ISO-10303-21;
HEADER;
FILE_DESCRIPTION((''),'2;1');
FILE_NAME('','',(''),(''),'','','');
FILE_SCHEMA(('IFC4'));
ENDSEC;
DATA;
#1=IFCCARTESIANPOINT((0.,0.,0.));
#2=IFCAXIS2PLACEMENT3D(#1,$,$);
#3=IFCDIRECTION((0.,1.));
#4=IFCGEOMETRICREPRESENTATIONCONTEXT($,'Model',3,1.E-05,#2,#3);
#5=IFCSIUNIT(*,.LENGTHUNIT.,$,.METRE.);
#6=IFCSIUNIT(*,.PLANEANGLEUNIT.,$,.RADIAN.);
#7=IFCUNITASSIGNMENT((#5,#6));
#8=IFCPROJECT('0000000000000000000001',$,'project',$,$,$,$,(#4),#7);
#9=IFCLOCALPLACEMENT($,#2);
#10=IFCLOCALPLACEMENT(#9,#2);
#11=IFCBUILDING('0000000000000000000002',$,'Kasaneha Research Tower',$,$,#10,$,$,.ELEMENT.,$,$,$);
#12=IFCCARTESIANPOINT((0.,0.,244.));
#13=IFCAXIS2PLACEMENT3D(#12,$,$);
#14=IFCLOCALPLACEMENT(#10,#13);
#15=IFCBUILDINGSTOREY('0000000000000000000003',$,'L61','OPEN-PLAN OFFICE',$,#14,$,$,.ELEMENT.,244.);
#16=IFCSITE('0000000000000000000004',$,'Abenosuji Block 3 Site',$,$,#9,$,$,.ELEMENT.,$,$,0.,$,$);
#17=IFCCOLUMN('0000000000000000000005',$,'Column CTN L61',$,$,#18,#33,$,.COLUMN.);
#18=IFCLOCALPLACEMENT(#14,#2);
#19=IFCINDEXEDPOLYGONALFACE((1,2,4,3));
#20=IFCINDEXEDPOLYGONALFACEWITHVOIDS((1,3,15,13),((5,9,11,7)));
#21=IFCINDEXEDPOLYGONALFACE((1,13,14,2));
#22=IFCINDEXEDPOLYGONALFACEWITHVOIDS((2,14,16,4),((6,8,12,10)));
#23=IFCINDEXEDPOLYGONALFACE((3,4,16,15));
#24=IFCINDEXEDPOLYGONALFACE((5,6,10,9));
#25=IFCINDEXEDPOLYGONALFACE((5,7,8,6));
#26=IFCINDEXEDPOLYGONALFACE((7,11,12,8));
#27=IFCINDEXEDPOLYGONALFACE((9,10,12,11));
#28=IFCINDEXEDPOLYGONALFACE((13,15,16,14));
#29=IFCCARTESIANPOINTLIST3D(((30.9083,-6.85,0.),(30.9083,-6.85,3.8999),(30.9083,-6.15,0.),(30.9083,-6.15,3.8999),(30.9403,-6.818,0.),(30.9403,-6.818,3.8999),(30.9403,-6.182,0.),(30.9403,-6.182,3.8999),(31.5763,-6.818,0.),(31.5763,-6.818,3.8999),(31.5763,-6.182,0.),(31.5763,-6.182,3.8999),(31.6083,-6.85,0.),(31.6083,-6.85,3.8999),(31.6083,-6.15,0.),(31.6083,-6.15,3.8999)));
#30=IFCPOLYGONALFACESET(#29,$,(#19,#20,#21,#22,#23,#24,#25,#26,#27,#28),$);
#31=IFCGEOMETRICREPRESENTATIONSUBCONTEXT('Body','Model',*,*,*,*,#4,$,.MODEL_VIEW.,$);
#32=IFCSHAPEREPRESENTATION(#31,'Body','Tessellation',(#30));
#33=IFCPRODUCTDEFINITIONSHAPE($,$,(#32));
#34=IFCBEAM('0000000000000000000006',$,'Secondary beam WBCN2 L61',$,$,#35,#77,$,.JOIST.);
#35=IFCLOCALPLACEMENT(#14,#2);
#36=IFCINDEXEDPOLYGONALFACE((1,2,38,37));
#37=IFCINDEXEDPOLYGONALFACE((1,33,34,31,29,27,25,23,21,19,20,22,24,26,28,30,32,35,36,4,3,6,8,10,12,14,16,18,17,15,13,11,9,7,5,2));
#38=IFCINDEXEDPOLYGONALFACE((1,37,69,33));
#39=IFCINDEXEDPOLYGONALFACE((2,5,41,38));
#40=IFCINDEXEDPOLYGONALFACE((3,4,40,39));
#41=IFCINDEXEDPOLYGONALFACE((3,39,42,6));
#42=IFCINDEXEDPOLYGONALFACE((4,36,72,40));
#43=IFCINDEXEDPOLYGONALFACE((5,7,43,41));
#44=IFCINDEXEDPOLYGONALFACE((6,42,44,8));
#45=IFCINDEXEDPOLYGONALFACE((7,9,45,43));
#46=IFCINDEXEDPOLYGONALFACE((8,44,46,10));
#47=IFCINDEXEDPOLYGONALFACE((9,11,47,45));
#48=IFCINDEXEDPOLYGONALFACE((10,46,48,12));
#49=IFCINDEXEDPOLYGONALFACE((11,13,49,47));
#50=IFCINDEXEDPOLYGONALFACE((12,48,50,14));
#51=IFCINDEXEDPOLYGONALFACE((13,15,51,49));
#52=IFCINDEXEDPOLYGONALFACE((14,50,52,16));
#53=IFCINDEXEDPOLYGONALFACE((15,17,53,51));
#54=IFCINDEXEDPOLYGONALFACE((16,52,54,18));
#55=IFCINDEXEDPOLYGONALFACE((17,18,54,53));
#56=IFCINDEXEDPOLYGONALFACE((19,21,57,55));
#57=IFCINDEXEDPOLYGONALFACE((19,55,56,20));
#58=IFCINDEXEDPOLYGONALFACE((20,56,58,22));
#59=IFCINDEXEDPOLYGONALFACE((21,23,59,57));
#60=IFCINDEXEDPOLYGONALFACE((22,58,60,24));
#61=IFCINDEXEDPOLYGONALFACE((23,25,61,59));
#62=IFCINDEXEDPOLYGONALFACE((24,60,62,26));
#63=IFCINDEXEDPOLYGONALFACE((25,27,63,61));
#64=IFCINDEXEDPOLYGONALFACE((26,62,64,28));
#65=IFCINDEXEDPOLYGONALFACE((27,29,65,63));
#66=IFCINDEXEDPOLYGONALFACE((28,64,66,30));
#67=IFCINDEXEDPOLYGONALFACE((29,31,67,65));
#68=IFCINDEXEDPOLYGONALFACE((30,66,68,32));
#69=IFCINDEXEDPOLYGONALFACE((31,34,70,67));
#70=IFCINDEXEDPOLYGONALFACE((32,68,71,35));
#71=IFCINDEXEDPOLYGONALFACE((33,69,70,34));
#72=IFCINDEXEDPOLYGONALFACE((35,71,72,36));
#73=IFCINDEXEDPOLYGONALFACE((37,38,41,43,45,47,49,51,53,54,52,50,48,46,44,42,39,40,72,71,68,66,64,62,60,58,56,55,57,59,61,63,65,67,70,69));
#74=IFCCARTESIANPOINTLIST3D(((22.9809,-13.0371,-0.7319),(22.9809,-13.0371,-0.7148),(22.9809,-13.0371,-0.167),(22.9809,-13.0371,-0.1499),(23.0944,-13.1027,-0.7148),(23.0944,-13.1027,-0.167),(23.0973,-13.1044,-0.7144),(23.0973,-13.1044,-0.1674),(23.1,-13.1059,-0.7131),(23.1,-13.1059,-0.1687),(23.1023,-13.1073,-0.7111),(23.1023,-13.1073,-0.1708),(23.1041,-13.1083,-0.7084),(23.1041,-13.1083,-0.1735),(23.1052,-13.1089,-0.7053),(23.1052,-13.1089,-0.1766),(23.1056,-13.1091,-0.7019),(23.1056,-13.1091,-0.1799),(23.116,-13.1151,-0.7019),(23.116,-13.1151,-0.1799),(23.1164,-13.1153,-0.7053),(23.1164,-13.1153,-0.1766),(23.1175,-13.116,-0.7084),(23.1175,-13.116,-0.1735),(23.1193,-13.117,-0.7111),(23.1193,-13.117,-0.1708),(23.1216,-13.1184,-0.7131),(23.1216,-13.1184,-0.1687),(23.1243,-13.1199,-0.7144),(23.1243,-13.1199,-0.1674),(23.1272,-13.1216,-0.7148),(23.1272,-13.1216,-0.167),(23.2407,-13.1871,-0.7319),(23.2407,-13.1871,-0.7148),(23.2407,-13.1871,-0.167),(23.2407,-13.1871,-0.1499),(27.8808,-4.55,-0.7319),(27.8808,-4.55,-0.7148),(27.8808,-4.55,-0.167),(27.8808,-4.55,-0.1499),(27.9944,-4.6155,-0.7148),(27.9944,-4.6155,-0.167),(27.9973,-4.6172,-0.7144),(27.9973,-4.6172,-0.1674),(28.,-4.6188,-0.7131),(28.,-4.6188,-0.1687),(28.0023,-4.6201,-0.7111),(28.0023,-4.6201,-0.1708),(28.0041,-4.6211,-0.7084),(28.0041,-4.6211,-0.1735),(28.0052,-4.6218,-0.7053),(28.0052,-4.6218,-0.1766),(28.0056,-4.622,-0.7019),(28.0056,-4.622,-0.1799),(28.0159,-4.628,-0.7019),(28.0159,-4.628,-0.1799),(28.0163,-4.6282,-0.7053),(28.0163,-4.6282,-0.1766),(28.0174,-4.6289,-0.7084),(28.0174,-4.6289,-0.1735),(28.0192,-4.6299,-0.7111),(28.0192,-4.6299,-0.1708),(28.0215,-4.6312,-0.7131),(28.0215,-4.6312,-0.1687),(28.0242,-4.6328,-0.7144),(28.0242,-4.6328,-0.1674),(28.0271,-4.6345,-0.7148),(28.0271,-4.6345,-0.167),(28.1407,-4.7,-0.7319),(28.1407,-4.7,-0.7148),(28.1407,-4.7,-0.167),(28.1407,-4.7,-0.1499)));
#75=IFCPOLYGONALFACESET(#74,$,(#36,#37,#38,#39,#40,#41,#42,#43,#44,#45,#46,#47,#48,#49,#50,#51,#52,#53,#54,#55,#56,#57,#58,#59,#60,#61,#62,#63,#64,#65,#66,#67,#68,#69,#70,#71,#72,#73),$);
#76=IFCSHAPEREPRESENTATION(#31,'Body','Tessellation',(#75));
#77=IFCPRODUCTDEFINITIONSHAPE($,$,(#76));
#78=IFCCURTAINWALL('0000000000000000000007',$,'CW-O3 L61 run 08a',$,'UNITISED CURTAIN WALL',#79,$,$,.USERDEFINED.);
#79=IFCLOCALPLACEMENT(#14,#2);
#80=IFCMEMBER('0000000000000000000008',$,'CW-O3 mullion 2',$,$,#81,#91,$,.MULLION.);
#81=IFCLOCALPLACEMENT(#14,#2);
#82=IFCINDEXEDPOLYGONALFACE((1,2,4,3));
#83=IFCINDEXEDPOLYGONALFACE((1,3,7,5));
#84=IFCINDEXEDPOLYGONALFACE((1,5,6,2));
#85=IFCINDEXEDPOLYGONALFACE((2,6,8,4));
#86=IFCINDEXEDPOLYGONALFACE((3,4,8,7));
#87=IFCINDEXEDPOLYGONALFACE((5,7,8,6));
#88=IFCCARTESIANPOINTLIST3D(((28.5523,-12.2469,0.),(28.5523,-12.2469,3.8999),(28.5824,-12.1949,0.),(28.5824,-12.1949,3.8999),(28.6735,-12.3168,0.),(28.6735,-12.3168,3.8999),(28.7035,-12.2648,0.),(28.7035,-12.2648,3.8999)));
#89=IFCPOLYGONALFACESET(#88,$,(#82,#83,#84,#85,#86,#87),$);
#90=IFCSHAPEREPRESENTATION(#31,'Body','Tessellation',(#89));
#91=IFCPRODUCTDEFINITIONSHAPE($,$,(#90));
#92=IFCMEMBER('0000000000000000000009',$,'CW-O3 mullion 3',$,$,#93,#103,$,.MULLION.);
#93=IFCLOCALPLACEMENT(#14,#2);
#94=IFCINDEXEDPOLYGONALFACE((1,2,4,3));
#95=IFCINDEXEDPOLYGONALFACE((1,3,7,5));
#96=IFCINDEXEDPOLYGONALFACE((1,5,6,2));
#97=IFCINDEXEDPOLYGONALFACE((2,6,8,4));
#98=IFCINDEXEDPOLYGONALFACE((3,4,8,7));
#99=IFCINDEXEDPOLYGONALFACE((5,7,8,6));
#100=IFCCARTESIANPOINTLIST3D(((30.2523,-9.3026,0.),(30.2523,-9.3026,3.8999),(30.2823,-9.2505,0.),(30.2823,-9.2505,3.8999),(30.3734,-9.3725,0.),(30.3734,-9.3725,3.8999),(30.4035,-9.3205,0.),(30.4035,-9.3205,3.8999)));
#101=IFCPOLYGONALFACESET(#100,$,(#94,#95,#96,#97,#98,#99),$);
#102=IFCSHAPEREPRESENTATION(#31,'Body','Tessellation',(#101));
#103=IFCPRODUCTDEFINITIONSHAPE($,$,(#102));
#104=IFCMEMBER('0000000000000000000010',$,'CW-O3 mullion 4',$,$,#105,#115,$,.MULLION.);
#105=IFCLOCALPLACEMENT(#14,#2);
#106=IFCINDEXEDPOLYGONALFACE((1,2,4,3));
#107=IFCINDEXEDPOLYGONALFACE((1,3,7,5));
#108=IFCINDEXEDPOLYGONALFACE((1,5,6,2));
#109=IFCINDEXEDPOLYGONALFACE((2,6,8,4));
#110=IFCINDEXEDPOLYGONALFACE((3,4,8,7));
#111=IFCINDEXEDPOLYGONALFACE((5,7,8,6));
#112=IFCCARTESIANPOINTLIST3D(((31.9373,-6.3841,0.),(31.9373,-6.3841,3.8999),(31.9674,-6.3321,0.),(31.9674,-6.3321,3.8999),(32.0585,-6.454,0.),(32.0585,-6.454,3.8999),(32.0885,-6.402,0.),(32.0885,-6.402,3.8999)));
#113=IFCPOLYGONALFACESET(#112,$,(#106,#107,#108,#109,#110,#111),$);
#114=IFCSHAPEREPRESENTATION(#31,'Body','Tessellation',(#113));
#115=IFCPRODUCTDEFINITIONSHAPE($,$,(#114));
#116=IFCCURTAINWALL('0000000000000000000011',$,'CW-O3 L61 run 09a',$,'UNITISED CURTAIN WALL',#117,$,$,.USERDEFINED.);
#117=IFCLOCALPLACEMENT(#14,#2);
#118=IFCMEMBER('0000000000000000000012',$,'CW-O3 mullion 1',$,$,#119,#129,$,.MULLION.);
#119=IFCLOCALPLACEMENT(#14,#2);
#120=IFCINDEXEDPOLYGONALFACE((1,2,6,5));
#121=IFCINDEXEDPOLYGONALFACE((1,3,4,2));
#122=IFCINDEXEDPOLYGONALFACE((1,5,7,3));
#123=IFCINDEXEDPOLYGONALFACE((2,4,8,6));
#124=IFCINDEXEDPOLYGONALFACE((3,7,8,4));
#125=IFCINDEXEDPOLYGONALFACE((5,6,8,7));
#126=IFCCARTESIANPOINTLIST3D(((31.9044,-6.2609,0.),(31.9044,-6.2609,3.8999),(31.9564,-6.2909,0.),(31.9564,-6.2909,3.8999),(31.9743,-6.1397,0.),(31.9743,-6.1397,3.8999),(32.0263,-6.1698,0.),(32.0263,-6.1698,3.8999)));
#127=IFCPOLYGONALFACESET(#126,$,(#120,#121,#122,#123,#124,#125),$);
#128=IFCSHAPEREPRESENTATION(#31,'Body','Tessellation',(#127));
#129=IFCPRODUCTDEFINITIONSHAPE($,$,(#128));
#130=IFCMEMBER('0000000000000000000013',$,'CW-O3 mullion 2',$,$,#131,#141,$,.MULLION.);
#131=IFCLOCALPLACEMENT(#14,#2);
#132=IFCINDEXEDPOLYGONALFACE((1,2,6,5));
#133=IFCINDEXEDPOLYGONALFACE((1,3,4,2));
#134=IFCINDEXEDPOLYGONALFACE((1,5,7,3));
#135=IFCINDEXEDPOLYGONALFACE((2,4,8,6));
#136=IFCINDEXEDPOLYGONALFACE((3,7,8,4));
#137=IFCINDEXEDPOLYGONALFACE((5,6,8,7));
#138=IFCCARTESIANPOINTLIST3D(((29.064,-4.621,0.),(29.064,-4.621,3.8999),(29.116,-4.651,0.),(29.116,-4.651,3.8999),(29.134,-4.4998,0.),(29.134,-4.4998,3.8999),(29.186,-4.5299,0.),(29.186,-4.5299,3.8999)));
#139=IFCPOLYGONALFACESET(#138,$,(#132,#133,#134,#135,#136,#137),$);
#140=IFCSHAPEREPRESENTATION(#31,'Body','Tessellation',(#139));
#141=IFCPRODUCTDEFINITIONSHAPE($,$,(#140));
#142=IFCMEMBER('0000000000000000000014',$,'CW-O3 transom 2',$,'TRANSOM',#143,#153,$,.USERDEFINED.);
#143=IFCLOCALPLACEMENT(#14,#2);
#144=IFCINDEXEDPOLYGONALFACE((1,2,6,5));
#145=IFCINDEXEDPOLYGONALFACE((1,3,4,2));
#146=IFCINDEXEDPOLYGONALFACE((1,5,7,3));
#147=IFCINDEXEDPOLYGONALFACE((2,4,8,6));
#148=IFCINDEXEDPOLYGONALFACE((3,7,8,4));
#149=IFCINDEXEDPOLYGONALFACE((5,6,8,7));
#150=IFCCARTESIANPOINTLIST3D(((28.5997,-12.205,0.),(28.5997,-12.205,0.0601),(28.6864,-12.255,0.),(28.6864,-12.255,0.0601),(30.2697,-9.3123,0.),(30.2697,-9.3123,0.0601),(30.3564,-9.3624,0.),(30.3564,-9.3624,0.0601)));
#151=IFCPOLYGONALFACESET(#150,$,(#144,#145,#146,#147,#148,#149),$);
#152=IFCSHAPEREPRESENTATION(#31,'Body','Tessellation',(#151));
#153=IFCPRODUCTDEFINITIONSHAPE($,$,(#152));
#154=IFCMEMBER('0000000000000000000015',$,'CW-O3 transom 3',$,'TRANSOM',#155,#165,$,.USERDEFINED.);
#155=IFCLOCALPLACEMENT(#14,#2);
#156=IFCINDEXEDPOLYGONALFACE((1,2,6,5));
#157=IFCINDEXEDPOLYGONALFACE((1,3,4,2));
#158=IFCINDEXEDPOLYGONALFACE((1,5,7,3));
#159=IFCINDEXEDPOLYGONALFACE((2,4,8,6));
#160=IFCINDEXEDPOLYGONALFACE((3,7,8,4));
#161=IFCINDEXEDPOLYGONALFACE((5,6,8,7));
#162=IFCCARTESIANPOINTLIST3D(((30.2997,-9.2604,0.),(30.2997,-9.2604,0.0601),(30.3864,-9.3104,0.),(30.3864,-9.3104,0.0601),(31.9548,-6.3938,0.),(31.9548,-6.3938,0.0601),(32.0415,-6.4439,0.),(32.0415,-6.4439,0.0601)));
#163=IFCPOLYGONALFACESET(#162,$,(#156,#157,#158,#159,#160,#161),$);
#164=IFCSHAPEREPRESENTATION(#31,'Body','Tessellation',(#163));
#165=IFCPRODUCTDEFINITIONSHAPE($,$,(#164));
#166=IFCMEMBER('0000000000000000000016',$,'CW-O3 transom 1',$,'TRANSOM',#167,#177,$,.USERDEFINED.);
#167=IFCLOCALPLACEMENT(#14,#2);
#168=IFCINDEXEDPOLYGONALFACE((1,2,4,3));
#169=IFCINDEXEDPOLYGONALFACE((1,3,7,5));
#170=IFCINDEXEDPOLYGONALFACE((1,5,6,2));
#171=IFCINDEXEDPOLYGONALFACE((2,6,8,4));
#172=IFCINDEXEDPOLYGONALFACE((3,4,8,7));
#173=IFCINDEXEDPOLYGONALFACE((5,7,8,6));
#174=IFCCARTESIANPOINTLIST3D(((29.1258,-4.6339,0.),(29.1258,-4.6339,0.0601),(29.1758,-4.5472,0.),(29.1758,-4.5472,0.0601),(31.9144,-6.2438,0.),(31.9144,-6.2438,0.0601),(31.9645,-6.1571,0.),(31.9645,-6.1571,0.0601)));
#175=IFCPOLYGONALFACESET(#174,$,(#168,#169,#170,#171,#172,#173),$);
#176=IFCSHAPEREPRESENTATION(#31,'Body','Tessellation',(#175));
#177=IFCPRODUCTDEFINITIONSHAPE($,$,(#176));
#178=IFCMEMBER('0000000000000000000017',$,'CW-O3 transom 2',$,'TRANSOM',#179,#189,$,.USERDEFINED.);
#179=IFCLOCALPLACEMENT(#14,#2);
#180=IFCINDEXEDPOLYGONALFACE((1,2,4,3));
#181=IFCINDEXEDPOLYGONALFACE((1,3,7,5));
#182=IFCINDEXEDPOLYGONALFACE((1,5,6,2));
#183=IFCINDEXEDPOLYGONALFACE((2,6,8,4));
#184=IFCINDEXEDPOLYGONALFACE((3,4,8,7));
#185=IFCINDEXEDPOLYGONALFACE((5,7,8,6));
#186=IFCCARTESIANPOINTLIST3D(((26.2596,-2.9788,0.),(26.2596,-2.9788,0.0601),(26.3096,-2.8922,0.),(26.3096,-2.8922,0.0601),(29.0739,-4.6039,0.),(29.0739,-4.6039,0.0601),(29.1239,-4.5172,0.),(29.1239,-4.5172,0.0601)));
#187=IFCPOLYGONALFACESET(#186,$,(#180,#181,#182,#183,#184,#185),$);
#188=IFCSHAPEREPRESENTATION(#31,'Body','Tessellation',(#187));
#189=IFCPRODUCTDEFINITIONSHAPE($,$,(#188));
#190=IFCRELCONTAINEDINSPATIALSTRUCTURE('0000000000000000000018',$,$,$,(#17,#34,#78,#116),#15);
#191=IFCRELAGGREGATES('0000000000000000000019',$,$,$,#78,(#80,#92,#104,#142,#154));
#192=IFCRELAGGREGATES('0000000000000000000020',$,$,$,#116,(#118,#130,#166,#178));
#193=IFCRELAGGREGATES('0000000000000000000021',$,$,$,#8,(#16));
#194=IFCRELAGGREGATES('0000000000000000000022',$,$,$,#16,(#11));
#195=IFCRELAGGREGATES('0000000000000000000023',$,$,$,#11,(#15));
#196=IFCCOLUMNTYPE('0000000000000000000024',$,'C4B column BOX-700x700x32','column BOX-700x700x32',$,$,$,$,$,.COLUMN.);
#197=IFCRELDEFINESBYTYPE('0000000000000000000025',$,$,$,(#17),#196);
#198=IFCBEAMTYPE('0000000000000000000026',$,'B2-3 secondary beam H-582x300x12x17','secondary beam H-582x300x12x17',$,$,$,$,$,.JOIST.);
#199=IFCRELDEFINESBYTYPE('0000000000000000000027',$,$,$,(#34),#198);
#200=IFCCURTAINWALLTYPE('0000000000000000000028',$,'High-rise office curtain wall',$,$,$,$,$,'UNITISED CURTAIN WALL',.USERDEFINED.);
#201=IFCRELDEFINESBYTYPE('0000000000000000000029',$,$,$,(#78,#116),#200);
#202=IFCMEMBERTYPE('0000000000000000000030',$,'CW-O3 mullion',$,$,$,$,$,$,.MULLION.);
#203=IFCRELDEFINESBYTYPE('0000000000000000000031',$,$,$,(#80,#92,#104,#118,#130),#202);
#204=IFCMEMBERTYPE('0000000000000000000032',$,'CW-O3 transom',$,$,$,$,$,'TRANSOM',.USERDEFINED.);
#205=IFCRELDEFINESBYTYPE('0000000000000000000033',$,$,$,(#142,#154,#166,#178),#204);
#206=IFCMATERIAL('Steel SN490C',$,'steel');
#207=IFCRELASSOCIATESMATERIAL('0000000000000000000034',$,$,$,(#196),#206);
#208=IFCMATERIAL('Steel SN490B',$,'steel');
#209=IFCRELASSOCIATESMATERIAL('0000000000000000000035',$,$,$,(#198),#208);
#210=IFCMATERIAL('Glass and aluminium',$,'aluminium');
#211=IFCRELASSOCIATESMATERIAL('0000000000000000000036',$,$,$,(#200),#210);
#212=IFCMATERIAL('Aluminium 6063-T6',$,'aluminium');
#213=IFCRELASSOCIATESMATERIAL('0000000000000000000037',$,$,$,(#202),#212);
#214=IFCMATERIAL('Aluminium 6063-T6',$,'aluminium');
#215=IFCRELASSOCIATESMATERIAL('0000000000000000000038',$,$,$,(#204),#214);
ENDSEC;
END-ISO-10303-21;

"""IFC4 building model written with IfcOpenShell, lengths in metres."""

from ifc_helpers import new_model, si_unit, direction, frame, origin, origin_2d, place, context, subcontext, project, spatial, rectangle, hollow_rectangle, i_section, extrude, material, material_profile, profile_set, type_object, element, aggregate, save


model = new_model("IFC4")

# Units and contexts
model_context = context("Model", 3, precision=1e-05, world=origin(), true_north=direction((0.0, 1.0)))
body_context = subcontext(model_context, "Body", "Model", "MODEL_VIEW")
ifc_project = project(units=[si_unit("LENGTHUNIT", "METRE"), si_unit("PLANEANGLEUNIT", "RADIAN")], contexts=[model_context])

# Site, building, storey
site_placement = place(None, origin())
site = spatial("IfcSite", under=ifc_project, at=site_placement, Name="Abenosuji Block 3 Site", CompositionType="ELEMENT", RefElevation=0.0)
building_placement = place(site_placement, origin())
building = spatial("IfcBuilding", under=site, at=building_placement, Name="Kasaneha Research Tower", CompositionType="ELEMENT")
storey_placement = place(building_placement, frame((0.0, 0.0, 244.0)))
storey = spatial("IfcBuildingStorey", under=building, at=storey_placement, Name="L61", Description="OPEN-PLAN OFFICE", CompositionType="ELEMENT", Elevation=244.0)

# Column
ifc_material_1 = material(Name="Steel SN490C", Category="steel")
ifc_material_profile_1 = material_profile(ifc_material_1, hollow_rectangle(XDim=0.7, YDim=0.7, WallThickness=0.032, at=origin_2d()), Name="BOX-700x700x32")
ifc_profile_set_1 = profile_set([ifc_material_profile_1], Name="Steel SN490C")
column_type = type_object("IfcColumnType", Name="C4B column BOX-700x700x32", Description="column BOX-700x700x32", PredefinedType="COLUMN", material=ifc_profile_set_1)
column_placement = place(storey_placement, frame((31.2583, -6.5, 0.0), z_axis=(0.0, 0.0, 1.0), x_axis=(1.0, 0.0, 0.0)))
element("IfcColumn", 1, at=column_placement, inside=storey, type_object=column_type, Name="Column CTN L61", PredefinedType="COLUMN", context=body_context, shape_type="SweptSolid", body=[
    extrude(hollow_rectangle(XDim=0.7, YDim=0.7, WallThickness=0.032, at=origin_2d()), origin(), (0.0, 0.0, 1.0), 3.8999),
])

# Beam
ifc_material_2 = material(Name="Steel SN490B", Category="steel")
ifc_material_profile_2 = material_profile(ifc_material_2, i_section(OverallWidth=0.3, OverallDepth=0.582, WebThickness=0.012, FlangeThickness=0.0171, FilletRadius=0.0129, at=origin_2d()), Name="H-582x300x12x17")
ifc_profile_set_2 = profile_set([ifc_material_profile_2], Name="Steel SN490B")
beam_type_1 = type_object("IfcBeamType", Name="B2-3 secondary beam H-582x300x12x17", Description="secondary beam H-582x300x12x17", PredefinedType="JOIST", material=ifc_profile_set_2)
beam_1_placement = place(storey_placement, frame((28.0107, -4.625, -0.4409), z_axis=(-0.499992, -0.86603, 0.0), x_axis=(0.86603, -0.499992, 0.0)))
element("IfcBeam", 2, at=beam_1_placement, inside=storey, type_object=beam_type_1, Name="Secondary beam WBCN2 L61", PredefinedType="JOIST", context=body_context, shape_type="SweptSolid", body=[
    extrude(i_section(OverallWidth=0.3, OverallDepth=0.582, WebThickness=0.012, FlangeThickness=0.0171, FilletRadius=0.0129, at=origin_2d()), origin(), (0.0, 0.0, 1.0), 9.8),
])

# Curtain walls, members
ifc_material_3 = material(Name="Glass and aluminium", Category="aluminium")
curtain_wall_type = type_object("IfcCurtainWallType", Name="High-rise office curtain wall", ElementType="UNITISED CURTAIN WALL", PredefinedType="USERDEFINED", material=ifc_material_3)
curtain_wall_1_placement = place(storey_placement, origin())
curtain_wall_1 = element("IfcCurtainWall", 3, at=curtain_wall_1_placement, inside=storey, type_object=curtain_wall_type, Name="CW-O3 L61 run 08a", ObjectType="UNITISED CURTAIN WALL", PredefinedType="USERDEFINED")
ifc_material_4 = material(Name="Aluminium 6063-T6", Category="aluminium")
ifc_material_profile_3 = material_profile(ifc_material_4, rectangle(XDim=0.0601, YDim=0.1399, at=origin_2d()), Name="CW-O3 mullion 60x140")
ifc_profile_set_3 = profile_set([ifc_material_profile_3], Name="Aluminium 6063-T6")
member_type_1 = type_object("IfcMemberType", Name="CW-O3 mullion", PredefinedType="MULLION", material=ifc_profile_set_3)
member_1_placement = place(storey_placement, frame((28.6279, -12.2559, 0.0), z_axis=(0.0, 0.0, 1.0), x_axis=(0.5, 0.866025, 0.0)))
member_1 = element("IfcMember", 4, at=member_1_placement, type_object=member_type_1, Name="CW-O3 mullion 2", PredefinedType="MULLION", context=body_context, shape_type="SweptSolid", body=[
    extrude(rectangle(XDim=0.0601, YDim=0.1399, at=origin_2d()), origin(), (0.0, 0.0, 1.0), 3.8999),
])
member_2_placement = place(storey_placement, frame((30.3279, -9.3115, 0.0), z_axis=(0.0, 0.0, 1.0), x_axis=(0.5, 0.866025, 0.0)))
member_2 = element("IfcMember", 5, at=member_2_placement, type_object=member_type_1, Name="CW-O3 mullion 3", PredefinedType="MULLION", context=body_context, shape_type="SweptSolid", body=[
    extrude(rectangle(XDim=0.0601, YDim=0.1399, at=origin_2d()), origin(), (0.0, 0.0, 1.0), 3.8999),
])
member_3_placement = place(storey_placement, frame((32.0129, -6.3931, 0.0), z_axis=(0.0, 0.0, 1.0), x_axis=(0.5, 0.866025, 0.0)))
member_3 = element("IfcMember", 6, at=member_3_placement, type_object=member_type_1, Name="CW-O3 mullion 4", PredefinedType="MULLION", context=body_context, shape_type="SweptSolid", body=[
    extrude(rectangle(XDim=0.0601, YDim=0.1399, at=origin_2d()), origin(), (0.0, 0.0, 1.0), 3.8999),
])
curtain_wall_2_placement = place(storey_placement, origin())
curtain_wall_2 = element("IfcCurtainWall", 7, at=curtain_wall_2_placement, inside=storey, type_object=curtain_wall_type, Name="CW-O3 L61 run 09a", ObjectType="UNITISED CURTAIN WALL", PredefinedType="USERDEFINED")
member_4_placement = place(storey_placement, frame((31.9653, -6.2153, 0.0), z_axis=(0.0, 0.0, 1.0), x_axis=(-0.866025, 0.5, 0.0)))
member_4 = element("IfcMember", 8, at=member_4_placement, type_object=member_type_1, Name="CW-O3 mullion 1", PredefinedType="MULLION", context=body_context, shape_type="SweptSolid", body=[
    extrude(rectangle(XDim=0.0601, YDim=0.1399, at=origin_2d()), origin(), (0.0, 0.0, 1.0), 3.8999),
])
member_5_placement = place(storey_placement, frame((29.125, -4.5754, 0.0), z_axis=(0.0, 0.0, 1.0), x_axis=(-0.866025, 0.5, 0.0)))
member_5 = element("IfcMember", 9, at=member_5_placement, type_object=member_type_1, Name="CW-O3 mullion 2", PredefinedType="MULLION", context=body_context, shape_type="SweptSolid", body=[
    extrude(rectangle(XDim=0.0601, YDim=0.1399, at=origin_2d()), origin(), (0.0, 0.0, 1.0), 3.8999),
])

# Members
ifc_material_5 = material(Name="Aluminium 6063-T6", Category="aluminium")
ifc_material_profile_4 = material_profile(ifc_material_5, rectangle(XDim=0.1001, YDim=0.0601, at=origin_2d()), Name="CW-O3 transom 100x60")
ifc_profile_set_4 = profile_set([ifc_material_profile_4], Name="Aluminium 6063-T6")
member_type_2 = type_object("IfcMemberType", Name="CW-O3 transom", ElementType="TRANSOM", PredefinedType="USERDEFINED", material=ifc_profile_set_4)
member_6_placement = place(storey_placement, frame((28.6431, -12.23, 0.03), z_axis=(0.499976, 0.86604, 0.0), x_axis=(-0.86604, 0.499976, 0.0)))
member_6 = element("IfcMember", 10, at=member_6_placement, type_object=member_type_2, Name="CW-O3 transom 2", ObjectType="TRANSOM", PredefinedType="USERDEFINED", context=body_context, shape_type="SweptSolid", body=[
    extrude(rectangle(XDim=0.1001, YDim=0.0601, at=origin_2d()), origin(), (0.0, 0.0, 1.0), 3.3401),
])
member_7_placement = place(storey_placement, frame((30.343, -9.2854, 0.03), z_axis=(0.500018, 0.866015, 0.0), x_axis=(-0.866015, 0.500018, 0.0)))
member_7 = element("IfcMember", 11, at=member_7_placement, type_object=member_type_2, Name="CW-O3 transom 3", ObjectType="TRANSOM", PredefinedType="USERDEFINED", context=body_context, shape_type="SweptSolid", body=[
    extrude(rectangle(XDim=0.1001, YDim=0.0601, at=origin_2d()), origin(), (0.0, 0.0, 1.0), 3.3101),
])
member_8_placement = place(storey_placement, frame((31.9395, -6.2004, 0.03), z_axis=(-0.866042, 0.499972, 0.0), x_axis=(-0.499972, -0.866042, 0.0)))
member_8 = element("IfcMember", 12, at=member_8_placement, type_object=member_type_2, Name="CW-O3 transom 1", ObjectType="TRANSOM", PredefinedType="USERDEFINED", context=body_context, shape_type="SweptSolid", body=[
    extrude(rectangle(XDim=0.1001, YDim=0.0601, at=origin_2d()), origin(), (0.0, 0.0, 1.0), 3.22),
])
member_9_placement = place(storey_placement, frame((29.0989, -4.5605, 0.03), z_axis=(-0.865997, 0.50005, 0.0), x_axis=(-0.50005, -0.865997, 0.0)))
member_9 = element("IfcMember", 13, at=member_9_placement, type_object=member_type_2, Name="CW-O3 transom 2", ObjectType="TRANSOM", PredefinedType="USERDEFINED", context=body_context, shape_type="SweptSolid", body=[
    extrude(rectangle(XDim=0.1001, YDim=0.0601, at=origin_2d()), origin(), (0.0, 0.0, 1.0), 3.2498),
])

aggregate(curtain_wall_1, [member_1, member_2, member_3, member_6, member_7])
aggregate(curtain_wall_2, [member_4, member_5, member_8, member_9])

save(model, "model.ifc")
